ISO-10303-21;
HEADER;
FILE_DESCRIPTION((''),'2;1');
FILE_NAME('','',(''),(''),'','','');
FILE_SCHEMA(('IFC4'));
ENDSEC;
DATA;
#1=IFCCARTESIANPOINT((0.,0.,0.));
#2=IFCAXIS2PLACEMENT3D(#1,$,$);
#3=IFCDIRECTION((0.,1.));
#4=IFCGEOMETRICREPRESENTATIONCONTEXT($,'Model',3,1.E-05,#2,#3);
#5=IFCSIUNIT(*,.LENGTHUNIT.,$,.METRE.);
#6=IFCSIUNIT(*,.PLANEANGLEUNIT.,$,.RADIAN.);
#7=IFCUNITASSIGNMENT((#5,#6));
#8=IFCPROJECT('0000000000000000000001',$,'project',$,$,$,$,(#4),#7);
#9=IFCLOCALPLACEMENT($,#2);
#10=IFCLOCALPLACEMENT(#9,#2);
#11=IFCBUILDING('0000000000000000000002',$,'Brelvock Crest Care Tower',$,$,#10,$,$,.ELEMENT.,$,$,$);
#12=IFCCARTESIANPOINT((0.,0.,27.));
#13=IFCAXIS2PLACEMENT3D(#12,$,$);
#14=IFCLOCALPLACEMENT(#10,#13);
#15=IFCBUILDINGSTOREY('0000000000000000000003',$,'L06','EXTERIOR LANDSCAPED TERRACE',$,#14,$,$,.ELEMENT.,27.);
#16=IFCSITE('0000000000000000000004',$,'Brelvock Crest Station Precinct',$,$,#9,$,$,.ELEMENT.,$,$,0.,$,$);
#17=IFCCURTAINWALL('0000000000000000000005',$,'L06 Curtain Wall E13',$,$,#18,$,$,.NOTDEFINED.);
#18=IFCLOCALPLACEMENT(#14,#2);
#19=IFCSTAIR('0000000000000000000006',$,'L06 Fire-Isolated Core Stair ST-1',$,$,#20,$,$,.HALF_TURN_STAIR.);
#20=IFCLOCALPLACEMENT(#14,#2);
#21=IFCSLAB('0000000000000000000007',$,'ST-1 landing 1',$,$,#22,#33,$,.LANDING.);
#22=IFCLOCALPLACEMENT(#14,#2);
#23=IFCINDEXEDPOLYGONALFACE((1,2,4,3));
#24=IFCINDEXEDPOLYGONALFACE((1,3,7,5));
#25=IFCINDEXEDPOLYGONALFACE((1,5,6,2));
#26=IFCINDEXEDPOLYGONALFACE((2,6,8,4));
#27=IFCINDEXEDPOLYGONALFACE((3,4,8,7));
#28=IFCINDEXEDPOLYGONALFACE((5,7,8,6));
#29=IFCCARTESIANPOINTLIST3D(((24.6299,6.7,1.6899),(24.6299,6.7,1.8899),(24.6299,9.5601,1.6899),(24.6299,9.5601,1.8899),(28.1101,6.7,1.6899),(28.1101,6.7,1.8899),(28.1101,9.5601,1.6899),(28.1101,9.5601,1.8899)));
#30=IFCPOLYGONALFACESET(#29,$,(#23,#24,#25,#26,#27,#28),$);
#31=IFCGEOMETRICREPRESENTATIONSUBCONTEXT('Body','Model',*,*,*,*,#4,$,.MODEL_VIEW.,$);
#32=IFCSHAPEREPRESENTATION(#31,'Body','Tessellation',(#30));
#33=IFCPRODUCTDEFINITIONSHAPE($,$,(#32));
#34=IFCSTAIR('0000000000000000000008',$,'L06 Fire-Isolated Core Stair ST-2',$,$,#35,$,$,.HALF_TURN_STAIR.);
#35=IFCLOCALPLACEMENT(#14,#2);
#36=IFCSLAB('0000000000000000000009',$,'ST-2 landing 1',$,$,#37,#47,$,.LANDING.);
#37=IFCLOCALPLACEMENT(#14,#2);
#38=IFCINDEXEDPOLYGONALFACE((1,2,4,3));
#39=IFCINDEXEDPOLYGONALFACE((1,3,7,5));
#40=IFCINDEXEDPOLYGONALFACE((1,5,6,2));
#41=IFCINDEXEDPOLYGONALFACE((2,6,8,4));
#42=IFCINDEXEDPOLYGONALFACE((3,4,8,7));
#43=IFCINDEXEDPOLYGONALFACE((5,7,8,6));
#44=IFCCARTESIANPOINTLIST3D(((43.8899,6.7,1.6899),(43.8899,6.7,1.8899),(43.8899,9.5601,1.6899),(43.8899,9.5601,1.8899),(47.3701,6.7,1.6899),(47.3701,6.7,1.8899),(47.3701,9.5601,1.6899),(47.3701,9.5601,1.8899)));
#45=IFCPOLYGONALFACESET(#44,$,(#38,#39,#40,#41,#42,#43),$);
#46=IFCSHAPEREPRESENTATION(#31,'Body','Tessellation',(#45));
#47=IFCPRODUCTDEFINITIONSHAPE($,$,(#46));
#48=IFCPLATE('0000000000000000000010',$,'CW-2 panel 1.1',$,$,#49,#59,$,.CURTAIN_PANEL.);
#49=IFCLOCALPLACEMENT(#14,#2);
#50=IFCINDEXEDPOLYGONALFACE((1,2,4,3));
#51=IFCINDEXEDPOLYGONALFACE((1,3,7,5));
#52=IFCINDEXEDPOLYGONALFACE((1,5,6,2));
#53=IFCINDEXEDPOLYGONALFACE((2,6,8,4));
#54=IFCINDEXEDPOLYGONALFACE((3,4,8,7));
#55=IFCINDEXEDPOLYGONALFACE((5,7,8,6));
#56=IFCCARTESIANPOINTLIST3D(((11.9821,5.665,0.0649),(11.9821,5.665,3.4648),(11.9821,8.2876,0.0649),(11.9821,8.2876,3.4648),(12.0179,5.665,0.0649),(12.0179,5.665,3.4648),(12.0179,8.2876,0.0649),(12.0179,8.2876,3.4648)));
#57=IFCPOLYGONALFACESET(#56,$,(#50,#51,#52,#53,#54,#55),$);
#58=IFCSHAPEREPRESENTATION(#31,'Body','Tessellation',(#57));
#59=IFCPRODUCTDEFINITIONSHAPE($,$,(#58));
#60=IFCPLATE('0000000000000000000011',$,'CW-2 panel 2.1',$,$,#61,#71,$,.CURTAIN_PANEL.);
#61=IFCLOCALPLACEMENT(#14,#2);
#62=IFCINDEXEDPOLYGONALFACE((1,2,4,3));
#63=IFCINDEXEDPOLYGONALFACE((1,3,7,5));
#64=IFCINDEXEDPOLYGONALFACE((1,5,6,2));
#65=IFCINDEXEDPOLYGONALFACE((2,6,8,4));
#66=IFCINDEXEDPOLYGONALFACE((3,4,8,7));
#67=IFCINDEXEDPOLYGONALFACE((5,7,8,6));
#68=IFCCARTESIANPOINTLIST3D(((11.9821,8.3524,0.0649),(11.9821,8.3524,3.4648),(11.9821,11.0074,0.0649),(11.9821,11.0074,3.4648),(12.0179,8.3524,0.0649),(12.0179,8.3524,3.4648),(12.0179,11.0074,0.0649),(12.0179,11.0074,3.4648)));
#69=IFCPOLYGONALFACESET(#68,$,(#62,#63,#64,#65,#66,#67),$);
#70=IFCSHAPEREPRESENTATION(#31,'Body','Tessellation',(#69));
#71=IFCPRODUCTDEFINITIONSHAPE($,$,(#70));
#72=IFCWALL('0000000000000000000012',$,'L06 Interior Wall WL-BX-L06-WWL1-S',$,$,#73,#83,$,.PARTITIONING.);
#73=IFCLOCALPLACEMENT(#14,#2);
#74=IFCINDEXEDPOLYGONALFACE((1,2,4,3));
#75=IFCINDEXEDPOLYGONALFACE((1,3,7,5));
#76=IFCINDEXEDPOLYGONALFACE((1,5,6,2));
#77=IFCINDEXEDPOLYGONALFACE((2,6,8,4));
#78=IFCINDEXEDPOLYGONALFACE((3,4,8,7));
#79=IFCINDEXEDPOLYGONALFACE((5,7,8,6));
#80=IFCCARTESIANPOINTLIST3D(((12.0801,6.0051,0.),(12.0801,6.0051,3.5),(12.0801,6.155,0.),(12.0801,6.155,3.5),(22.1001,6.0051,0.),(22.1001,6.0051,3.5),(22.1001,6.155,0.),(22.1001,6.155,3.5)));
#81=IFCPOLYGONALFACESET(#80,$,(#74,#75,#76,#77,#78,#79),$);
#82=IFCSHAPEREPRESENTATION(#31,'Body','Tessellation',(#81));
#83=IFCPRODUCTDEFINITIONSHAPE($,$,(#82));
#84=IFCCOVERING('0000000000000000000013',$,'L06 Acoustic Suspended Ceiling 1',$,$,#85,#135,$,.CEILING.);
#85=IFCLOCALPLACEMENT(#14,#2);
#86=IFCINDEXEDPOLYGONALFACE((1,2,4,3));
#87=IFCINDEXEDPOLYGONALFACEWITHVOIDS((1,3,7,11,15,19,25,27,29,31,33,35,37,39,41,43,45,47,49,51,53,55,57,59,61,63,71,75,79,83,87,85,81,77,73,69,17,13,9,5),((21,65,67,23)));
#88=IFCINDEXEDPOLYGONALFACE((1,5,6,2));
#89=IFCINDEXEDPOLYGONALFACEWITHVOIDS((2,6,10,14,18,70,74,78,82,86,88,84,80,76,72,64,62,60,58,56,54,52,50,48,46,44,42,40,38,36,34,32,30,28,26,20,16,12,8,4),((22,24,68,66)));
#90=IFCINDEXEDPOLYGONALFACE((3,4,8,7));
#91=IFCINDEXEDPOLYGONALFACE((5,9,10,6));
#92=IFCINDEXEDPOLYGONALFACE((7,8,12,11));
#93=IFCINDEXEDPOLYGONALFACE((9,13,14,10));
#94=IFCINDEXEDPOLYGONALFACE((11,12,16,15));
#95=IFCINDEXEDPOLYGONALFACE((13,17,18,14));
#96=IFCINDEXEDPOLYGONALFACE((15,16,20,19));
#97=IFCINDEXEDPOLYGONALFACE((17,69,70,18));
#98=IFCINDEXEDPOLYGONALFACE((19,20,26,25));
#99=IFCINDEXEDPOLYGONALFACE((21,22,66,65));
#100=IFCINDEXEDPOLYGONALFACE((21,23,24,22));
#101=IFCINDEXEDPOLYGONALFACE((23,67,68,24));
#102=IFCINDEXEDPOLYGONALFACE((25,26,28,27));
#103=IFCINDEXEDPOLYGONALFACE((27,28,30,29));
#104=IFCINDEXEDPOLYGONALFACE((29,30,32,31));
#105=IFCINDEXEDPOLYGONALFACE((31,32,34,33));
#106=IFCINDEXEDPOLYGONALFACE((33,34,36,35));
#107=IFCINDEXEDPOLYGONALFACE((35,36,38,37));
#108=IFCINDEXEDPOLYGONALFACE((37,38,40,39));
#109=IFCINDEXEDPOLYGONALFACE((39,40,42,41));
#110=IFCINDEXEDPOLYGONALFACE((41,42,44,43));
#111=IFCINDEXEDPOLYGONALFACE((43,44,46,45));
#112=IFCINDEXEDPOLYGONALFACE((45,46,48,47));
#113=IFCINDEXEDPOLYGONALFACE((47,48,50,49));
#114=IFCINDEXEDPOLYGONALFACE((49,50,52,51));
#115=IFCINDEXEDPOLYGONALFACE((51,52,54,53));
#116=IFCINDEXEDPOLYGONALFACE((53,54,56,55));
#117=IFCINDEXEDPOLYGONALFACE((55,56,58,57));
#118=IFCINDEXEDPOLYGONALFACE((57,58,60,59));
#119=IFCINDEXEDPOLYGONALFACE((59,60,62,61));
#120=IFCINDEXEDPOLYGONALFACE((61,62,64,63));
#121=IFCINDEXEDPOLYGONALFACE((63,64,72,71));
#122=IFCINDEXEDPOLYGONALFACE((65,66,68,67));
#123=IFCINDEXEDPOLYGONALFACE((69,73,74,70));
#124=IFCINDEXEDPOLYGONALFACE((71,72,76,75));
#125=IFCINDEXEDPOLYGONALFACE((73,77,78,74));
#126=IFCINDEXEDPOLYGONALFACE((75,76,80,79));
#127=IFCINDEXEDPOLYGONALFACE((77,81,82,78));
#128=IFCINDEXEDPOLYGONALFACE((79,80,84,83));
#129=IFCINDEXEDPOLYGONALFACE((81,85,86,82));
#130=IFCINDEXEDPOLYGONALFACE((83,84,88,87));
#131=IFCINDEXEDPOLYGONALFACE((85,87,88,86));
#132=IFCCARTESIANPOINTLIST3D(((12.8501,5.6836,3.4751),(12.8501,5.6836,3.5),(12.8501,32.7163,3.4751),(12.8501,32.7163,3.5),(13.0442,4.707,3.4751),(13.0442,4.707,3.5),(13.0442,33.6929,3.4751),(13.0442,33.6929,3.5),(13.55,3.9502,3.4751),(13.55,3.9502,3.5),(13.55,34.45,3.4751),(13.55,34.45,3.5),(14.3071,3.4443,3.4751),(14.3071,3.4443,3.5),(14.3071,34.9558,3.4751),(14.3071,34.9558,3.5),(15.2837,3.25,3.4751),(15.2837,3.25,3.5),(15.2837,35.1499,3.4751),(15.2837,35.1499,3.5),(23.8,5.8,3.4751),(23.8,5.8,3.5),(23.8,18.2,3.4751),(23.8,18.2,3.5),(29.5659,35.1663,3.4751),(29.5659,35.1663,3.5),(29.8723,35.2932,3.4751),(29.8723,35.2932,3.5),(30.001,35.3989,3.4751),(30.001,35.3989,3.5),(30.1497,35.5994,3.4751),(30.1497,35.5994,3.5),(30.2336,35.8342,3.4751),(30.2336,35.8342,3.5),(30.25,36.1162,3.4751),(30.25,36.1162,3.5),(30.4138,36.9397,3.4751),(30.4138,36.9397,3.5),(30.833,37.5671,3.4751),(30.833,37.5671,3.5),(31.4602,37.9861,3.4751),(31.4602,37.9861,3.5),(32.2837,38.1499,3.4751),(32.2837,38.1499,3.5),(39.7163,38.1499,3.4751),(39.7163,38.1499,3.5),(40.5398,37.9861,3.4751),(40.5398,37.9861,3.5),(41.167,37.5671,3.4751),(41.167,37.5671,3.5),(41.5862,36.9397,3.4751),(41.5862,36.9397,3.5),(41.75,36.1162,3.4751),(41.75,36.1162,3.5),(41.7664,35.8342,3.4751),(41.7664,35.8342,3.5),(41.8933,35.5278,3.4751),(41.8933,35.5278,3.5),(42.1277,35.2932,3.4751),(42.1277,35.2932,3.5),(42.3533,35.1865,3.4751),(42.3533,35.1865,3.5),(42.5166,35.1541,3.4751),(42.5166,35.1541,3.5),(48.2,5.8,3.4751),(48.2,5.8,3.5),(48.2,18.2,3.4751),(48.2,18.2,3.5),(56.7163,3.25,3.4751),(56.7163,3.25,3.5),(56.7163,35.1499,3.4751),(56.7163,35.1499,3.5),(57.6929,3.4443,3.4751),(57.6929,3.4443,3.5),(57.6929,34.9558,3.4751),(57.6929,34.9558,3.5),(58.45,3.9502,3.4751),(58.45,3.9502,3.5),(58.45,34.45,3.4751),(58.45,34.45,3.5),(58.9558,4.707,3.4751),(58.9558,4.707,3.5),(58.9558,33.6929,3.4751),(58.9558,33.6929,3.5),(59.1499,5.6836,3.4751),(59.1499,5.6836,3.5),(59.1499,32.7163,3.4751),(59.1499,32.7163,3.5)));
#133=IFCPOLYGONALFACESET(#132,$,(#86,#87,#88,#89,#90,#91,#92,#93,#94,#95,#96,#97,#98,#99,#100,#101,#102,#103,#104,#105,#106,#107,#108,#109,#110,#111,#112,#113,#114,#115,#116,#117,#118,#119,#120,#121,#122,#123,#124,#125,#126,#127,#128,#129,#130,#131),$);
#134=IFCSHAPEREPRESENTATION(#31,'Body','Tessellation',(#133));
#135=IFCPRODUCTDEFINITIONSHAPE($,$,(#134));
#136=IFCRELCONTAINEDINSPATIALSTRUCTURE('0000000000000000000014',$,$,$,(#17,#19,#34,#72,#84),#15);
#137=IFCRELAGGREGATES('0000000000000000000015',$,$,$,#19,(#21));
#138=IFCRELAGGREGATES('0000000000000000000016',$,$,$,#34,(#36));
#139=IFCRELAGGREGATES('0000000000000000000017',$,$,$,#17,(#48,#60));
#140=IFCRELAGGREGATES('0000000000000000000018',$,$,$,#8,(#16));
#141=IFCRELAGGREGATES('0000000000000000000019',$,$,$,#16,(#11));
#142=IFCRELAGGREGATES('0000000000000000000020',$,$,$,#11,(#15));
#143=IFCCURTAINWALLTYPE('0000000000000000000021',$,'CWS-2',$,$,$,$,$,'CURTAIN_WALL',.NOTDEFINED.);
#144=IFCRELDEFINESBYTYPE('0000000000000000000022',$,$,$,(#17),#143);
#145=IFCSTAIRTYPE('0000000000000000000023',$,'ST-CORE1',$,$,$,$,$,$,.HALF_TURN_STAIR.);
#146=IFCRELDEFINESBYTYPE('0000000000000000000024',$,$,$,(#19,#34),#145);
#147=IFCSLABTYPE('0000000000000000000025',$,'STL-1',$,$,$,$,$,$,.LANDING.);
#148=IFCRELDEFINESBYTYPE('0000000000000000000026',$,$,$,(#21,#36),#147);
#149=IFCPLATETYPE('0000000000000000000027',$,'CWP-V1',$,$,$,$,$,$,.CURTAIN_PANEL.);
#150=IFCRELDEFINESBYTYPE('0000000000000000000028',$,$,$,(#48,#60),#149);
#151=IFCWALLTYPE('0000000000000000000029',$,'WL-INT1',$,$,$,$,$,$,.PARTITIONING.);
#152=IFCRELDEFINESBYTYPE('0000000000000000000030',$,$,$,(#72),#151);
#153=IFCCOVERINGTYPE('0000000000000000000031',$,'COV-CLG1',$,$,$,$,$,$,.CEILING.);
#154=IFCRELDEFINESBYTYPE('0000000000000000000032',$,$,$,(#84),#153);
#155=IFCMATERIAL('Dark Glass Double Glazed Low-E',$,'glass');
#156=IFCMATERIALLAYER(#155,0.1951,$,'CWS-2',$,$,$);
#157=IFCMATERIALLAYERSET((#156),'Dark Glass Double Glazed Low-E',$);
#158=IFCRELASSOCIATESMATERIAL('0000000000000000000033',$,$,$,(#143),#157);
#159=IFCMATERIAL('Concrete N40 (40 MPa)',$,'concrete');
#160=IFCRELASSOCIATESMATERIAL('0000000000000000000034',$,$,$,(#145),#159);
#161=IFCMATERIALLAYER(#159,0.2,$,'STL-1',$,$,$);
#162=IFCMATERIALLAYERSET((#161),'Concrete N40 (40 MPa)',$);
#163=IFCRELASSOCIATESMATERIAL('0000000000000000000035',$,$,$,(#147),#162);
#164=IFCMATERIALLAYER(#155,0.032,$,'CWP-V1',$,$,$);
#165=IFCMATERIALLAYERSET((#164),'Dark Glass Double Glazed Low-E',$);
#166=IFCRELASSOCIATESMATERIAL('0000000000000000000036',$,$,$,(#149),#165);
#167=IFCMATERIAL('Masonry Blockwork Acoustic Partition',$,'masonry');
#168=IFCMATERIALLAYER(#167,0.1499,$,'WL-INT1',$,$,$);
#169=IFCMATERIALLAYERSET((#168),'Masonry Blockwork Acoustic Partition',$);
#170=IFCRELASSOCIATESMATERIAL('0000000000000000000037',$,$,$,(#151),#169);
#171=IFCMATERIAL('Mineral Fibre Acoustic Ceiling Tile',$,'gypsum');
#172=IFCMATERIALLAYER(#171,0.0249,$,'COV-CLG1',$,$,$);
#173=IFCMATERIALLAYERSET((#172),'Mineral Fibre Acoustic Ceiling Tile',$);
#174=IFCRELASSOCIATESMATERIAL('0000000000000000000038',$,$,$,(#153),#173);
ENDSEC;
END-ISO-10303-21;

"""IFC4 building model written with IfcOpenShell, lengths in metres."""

from ifc_helpers import new_model, si_unit, direction, frame, frame_2d, origin, origin_2d, place, context, subcontext, project, spatial, polyline, rectangle, outline, extrude, source, transform, mapped, material, layer, layer_set, type_object, element, aggregate, save


model = new_model("IFC4")

# Units and contexts
model_context = context("Model", 3, precision=1e-05, world=origin(), true_north=direction((0.0, 1.0)))
body_context = subcontext(model_context, "Body", "Model", "MODEL_VIEW")
ifc_project = project(units=[si_unit("LENGTHUNIT", "METRE"), si_unit("PLANEANGLEUNIT", "RADIAN")], contexts=[model_context])

# Site, building, storey
site_placement = place(None, origin())
site = spatial("IfcSite", under=ifc_project, at=site_placement, Name="Brelvock Crest Station Precinct", CompositionType="ELEMENT", RefElevation=0.0)
building_placement = place(site_placement, origin())
building = spatial("IfcBuilding", under=site, at=building_placement, Name="Brelvock Crest Care Tower", CompositionType="ELEMENT")
storey_placement = place(building_placement, frame((0.0, 0.0, 27.0)))
storey = spatial("IfcBuildingStorey", under=building, at=storey_placement, Name="L06", Description="EXTERIOR LANDSCAPED TERRACE", CompositionType="ELEMENT", Elevation=27.0)

# Curtain wall
ifc_material_1 = material(Name="Dark Glass Double Glazed Low-E", Category="glass")
ifc_layer_1 = layer(ifc_material_1, 0.1951, Name="CWS-2")
ifc_layer_set_1 = layer_set([ifc_layer_1], Name="Dark Glass Double Glazed Low-E")
curtain_wall_type = type_object("IfcCurtainWallType", Name="CWS-2", ElementType="CURTAIN_WALL", PredefinedType="NOTDEFINED", material=ifc_layer_set_1)
curtain_wall_placement = place(storey_placement, origin())
curtain_wall = element("IfcCurtainWall", 1, at=curtain_wall_placement, inside=storey, type_object=curtain_wall_type, Name="L06 Curtain Wall E13", PredefinedType="NOTDEFINED")

# Stairs, slabs
ifc_material_2 = material(Name="Concrete N40 (40 MPa)", Category="concrete")
stair_type = type_object("IfcStairType", Name="ST-CORE1", PredefinedType="HALF_TURN_STAIR", material=ifc_material_2)
stair_1_placement = place(storey_placement, origin())
stair_1 = element("IfcStair", 2, at=stair_1_placement, inside=storey, type_object=stair_type, Name="L06 Fire-Isolated Core Stair ST-1", PredefinedType="HALF_TURN_STAIR")
ifc_layer_2 = layer(ifc_material_2, 0.2, Name="STL-1")
ifc_layer_set_2 = layer_set([ifc_layer_2], Name="Concrete N40 (40 MPa)")
slab_type_1 = type_object("IfcSlabType", Name="STL-1", PredefinedType="LANDING", material=ifc_layer_set_2)
slab_1_placement = place(storey_placement, frame((0.0, 0.0, 1.6899)))
slab_1 = element("IfcSlab", 3, at=slab_1_placement, type_object=slab_type_1, Name="ST-1 landing 1", PredefinedType="LANDING", context=body_context, shape_type="SweptSolid", body=[
    extrude(outline(polyline([(24.6299, 9.5601), (24.6299, 6.7), (28.1101, 6.7), (28.1101, 9.5601), (24.6299, 9.5601)])), origin(), (0.0, 0.0, 1.0), 0.2),
])
aggregate(stair_1, [slab_1])
stair_2_placement = place(storey_placement, origin())
stair_2 = element("IfcStair", 4, at=stair_2_placement, inside=storey, type_object=stair_type, Name="L06 Fire-Isolated Core Stair ST-2", PredefinedType="HALF_TURN_STAIR")
slab_2_placement = place(storey_placement, frame((0.0, 0.0, 1.6899)))
slab_2 = element("IfcSlab", 5, at=slab_2_placement, type_object=slab_type_1, Name="ST-2 landing 1", PredefinedType="LANDING", context=body_context, shape_type="SweptSolid", body=[
    extrude(outline(polyline([(43.8899, 9.5601), (43.8899, 6.7), (47.3701, 6.7), (47.3701, 9.5601), (43.8899, 9.5601)])), origin(), (0.0, 0.0, 1.0), 0.2),
])
aggregate(stair_2, [slab_2])

# Plates
ifc_layer_3 = layer(ifc_material_1, 0.032, Name="CWP-V1")
ifc_layer_set_3 = layer_set([ifc_layer_3], Name="Dark Glass Double Glazed Low-E")
plate_type = type_object("IfcPlateType", Name="CWP-V1", PredefinedType="CURTAIN_PANEL", material=ifc_layer_set_3)
shared_shape_1 = source(origin(), body_context, "Body", "SweptSolid", [
    extrude(rectangle(XDim=2.6226, YDim=0.0359, at=origin_2d()), origin(), (0.0, 0.0, 1.0), 3.3999),
])
plate_1_placement = place(storey_placement, frame((12.0, 6.9763, 0.0649), z_axis=(0.0, 0.0, 1.0), x_axis=(0.0, 1.0, 0.0)))
plate_1 = element("IfcPlate", 6, at=plate_1_placement, type_object=plate_type, Name="CW-2 panel 1.1", PredefinedType="CURTAIN_PANEL", context=body_context, shape_type="MappedRepresentation", body=[
    mapped(shared_shape_1, transform((0.0, 0.0, 0.0), x_axis=(1.0, 0.0, 0.0), y_axis=(0.0, 1.0, 0.0), z_axis=(0.0, 0.0, 1.0), scale=1.0)),
])
shared_shape_2 = source(origin(), body_context, "Body", "SweptSolid", [
    extrude(rectangle(XDim=2.655, YDim=0.0359, at=origin_2d()), origin(), (0.0, 0.0, 1.0), 3.3999),
])
plate_2_placement = place(storey_placement, frame((12.0, 9.6799, 0.0649), z_axis=(0.0, 0.0, 1.0), x_axis=(0.0, 1.0, 0.0)))
plate_2 = element("IfcPlate", 7, at=plate_2_placement, type_object=plate_type, Name="CW-2 panel 2.1", PredefinedType="CURTAIN_PANEL", context=body_context, shape_type="MappedRepresentation", body=[
    mapped(shared_shape_2, transform((0.0, 0.0, 0.0), x_axis=(1.0, 0.0, 0.0), y_axis=(0.0, 1.0, 0.0), z_axis=(0.0, 0.0, 1.0), scale=1.0)),
])
aggregate(curtain_wall, [plate_1, plate_2])

# Wall
ifc_material_3 = material(Name="Masonry Blockwork Acoustic Partition", Category="masonry")
ifc_layer_4 = layer(ifc_material_3, 0.1499, Name="WL-INT1")
ifc_layer_set_4 = layer_set([ifc_layer_4], Name="Masonry Blockwork Acoustic Partition")
wall_type = type_object("IfcWallType", Name="WL-INT1", PredefinedType="PARTITIONING", material=ifc_layer_set_4)
wall_placement = place(storey_placement, frame((12.0801, 6.0801, 0.0), z_axis=(0.0, 0.0, 1.0), x_axis=(1.0, 0.0, 0.0)))
element("IfcWall", 8, at=wall_placement, inside=storey, type_object=wall_type, Name="L06 Interior Wall WL-BX-L06-WWL1-S", PredefinedType="PARTITIONING", context=body_context, shape_type="SweptSolid", body=[
    extrude(rectangle(XDim=10.02, YDim=0.1499, at=frame_2d((5.01, 0.0))), origin(), (0.0, 0.0, 1.0), 3.5),
])

# Covering
ifc_material_4 = material(Name="Mineral Fibre Acoustic Ceiling Tile", Category="gypsum")
ifc_layer_5 = layer(ifc_material_4, 0.0249, Name="COV-CLG1")
ifc_layer_set_5 = layer_set([ifc_layer_5], Name="Mineral Fibre Acoustic Ceiling Tile")
covering_type_1 = type_object("IfcCoveringType", Name="COV-CLG1", PredefinedType="CEILING", material=ifc_layer_set_5)
covering_1_placement = place(storey_placement, frame((0.0, 0.0, 3.4751)))
element("IfcCovering", 9, at=covering_1_placement, inside=storey, type_object=covering_type_1, Name="L06 Acoustic Suspended Ceiling 1", PredefinedType="CEILING", context=body_context, shape_type="SweptSolid", body=[
    extrude(outline(polyline([(56.7163, 35.1499), (42.5166, 35.1541), (42.3533, 35.1865), (42.1277, 35.2932), (41.8933, 35.5278), (41.7664, 35.8342), (41.75, 36.1162), (41.5862, 36.9397), (41.167, 37.5671), (40.5398, 37.9861), (39.7163, 38.1499), (32.2837, 38.1499), (31.4602, 37.9861), (30.833, 37.5671), (30.4138, 36.9397), (30.25, 36.1162), (30.2336, 35.8342), (30.1497, 35.5994), (30.001, 35.3989), (29.8723, 35.2932), (29.5659, 35.1663), (15.2837, 35.1499), (14.3071, 34.9558), (13.55, 34.45), (13.0442, 33.6929), (12.8501, 32.7163), (12.8501, 5.6836), (13.0442, 4.707), (13.55, 3.9502), (14.3071, 3.4443), (15.2837, 3.25), (56.7163, 3.25), (57.6929, 3.4443), (58.45, 3.9502), (58.9558, 4.707), (59.1499, 5.6836), (59.1499, 32.7163), (58.9558, 33.6929), (58.45, 34.45), (57.6929, 34.9558), (56.7163, 35.1499)]), holes=[polyline([(48.2, 5.8), (48.2, 18.2), (23.8, 18.2), (23.8, 5.8), (48.2, 5.8)])]), origin(), (0.0, 0.0, 1.0), 0.0249),
])

save(model, "model.ifc")
